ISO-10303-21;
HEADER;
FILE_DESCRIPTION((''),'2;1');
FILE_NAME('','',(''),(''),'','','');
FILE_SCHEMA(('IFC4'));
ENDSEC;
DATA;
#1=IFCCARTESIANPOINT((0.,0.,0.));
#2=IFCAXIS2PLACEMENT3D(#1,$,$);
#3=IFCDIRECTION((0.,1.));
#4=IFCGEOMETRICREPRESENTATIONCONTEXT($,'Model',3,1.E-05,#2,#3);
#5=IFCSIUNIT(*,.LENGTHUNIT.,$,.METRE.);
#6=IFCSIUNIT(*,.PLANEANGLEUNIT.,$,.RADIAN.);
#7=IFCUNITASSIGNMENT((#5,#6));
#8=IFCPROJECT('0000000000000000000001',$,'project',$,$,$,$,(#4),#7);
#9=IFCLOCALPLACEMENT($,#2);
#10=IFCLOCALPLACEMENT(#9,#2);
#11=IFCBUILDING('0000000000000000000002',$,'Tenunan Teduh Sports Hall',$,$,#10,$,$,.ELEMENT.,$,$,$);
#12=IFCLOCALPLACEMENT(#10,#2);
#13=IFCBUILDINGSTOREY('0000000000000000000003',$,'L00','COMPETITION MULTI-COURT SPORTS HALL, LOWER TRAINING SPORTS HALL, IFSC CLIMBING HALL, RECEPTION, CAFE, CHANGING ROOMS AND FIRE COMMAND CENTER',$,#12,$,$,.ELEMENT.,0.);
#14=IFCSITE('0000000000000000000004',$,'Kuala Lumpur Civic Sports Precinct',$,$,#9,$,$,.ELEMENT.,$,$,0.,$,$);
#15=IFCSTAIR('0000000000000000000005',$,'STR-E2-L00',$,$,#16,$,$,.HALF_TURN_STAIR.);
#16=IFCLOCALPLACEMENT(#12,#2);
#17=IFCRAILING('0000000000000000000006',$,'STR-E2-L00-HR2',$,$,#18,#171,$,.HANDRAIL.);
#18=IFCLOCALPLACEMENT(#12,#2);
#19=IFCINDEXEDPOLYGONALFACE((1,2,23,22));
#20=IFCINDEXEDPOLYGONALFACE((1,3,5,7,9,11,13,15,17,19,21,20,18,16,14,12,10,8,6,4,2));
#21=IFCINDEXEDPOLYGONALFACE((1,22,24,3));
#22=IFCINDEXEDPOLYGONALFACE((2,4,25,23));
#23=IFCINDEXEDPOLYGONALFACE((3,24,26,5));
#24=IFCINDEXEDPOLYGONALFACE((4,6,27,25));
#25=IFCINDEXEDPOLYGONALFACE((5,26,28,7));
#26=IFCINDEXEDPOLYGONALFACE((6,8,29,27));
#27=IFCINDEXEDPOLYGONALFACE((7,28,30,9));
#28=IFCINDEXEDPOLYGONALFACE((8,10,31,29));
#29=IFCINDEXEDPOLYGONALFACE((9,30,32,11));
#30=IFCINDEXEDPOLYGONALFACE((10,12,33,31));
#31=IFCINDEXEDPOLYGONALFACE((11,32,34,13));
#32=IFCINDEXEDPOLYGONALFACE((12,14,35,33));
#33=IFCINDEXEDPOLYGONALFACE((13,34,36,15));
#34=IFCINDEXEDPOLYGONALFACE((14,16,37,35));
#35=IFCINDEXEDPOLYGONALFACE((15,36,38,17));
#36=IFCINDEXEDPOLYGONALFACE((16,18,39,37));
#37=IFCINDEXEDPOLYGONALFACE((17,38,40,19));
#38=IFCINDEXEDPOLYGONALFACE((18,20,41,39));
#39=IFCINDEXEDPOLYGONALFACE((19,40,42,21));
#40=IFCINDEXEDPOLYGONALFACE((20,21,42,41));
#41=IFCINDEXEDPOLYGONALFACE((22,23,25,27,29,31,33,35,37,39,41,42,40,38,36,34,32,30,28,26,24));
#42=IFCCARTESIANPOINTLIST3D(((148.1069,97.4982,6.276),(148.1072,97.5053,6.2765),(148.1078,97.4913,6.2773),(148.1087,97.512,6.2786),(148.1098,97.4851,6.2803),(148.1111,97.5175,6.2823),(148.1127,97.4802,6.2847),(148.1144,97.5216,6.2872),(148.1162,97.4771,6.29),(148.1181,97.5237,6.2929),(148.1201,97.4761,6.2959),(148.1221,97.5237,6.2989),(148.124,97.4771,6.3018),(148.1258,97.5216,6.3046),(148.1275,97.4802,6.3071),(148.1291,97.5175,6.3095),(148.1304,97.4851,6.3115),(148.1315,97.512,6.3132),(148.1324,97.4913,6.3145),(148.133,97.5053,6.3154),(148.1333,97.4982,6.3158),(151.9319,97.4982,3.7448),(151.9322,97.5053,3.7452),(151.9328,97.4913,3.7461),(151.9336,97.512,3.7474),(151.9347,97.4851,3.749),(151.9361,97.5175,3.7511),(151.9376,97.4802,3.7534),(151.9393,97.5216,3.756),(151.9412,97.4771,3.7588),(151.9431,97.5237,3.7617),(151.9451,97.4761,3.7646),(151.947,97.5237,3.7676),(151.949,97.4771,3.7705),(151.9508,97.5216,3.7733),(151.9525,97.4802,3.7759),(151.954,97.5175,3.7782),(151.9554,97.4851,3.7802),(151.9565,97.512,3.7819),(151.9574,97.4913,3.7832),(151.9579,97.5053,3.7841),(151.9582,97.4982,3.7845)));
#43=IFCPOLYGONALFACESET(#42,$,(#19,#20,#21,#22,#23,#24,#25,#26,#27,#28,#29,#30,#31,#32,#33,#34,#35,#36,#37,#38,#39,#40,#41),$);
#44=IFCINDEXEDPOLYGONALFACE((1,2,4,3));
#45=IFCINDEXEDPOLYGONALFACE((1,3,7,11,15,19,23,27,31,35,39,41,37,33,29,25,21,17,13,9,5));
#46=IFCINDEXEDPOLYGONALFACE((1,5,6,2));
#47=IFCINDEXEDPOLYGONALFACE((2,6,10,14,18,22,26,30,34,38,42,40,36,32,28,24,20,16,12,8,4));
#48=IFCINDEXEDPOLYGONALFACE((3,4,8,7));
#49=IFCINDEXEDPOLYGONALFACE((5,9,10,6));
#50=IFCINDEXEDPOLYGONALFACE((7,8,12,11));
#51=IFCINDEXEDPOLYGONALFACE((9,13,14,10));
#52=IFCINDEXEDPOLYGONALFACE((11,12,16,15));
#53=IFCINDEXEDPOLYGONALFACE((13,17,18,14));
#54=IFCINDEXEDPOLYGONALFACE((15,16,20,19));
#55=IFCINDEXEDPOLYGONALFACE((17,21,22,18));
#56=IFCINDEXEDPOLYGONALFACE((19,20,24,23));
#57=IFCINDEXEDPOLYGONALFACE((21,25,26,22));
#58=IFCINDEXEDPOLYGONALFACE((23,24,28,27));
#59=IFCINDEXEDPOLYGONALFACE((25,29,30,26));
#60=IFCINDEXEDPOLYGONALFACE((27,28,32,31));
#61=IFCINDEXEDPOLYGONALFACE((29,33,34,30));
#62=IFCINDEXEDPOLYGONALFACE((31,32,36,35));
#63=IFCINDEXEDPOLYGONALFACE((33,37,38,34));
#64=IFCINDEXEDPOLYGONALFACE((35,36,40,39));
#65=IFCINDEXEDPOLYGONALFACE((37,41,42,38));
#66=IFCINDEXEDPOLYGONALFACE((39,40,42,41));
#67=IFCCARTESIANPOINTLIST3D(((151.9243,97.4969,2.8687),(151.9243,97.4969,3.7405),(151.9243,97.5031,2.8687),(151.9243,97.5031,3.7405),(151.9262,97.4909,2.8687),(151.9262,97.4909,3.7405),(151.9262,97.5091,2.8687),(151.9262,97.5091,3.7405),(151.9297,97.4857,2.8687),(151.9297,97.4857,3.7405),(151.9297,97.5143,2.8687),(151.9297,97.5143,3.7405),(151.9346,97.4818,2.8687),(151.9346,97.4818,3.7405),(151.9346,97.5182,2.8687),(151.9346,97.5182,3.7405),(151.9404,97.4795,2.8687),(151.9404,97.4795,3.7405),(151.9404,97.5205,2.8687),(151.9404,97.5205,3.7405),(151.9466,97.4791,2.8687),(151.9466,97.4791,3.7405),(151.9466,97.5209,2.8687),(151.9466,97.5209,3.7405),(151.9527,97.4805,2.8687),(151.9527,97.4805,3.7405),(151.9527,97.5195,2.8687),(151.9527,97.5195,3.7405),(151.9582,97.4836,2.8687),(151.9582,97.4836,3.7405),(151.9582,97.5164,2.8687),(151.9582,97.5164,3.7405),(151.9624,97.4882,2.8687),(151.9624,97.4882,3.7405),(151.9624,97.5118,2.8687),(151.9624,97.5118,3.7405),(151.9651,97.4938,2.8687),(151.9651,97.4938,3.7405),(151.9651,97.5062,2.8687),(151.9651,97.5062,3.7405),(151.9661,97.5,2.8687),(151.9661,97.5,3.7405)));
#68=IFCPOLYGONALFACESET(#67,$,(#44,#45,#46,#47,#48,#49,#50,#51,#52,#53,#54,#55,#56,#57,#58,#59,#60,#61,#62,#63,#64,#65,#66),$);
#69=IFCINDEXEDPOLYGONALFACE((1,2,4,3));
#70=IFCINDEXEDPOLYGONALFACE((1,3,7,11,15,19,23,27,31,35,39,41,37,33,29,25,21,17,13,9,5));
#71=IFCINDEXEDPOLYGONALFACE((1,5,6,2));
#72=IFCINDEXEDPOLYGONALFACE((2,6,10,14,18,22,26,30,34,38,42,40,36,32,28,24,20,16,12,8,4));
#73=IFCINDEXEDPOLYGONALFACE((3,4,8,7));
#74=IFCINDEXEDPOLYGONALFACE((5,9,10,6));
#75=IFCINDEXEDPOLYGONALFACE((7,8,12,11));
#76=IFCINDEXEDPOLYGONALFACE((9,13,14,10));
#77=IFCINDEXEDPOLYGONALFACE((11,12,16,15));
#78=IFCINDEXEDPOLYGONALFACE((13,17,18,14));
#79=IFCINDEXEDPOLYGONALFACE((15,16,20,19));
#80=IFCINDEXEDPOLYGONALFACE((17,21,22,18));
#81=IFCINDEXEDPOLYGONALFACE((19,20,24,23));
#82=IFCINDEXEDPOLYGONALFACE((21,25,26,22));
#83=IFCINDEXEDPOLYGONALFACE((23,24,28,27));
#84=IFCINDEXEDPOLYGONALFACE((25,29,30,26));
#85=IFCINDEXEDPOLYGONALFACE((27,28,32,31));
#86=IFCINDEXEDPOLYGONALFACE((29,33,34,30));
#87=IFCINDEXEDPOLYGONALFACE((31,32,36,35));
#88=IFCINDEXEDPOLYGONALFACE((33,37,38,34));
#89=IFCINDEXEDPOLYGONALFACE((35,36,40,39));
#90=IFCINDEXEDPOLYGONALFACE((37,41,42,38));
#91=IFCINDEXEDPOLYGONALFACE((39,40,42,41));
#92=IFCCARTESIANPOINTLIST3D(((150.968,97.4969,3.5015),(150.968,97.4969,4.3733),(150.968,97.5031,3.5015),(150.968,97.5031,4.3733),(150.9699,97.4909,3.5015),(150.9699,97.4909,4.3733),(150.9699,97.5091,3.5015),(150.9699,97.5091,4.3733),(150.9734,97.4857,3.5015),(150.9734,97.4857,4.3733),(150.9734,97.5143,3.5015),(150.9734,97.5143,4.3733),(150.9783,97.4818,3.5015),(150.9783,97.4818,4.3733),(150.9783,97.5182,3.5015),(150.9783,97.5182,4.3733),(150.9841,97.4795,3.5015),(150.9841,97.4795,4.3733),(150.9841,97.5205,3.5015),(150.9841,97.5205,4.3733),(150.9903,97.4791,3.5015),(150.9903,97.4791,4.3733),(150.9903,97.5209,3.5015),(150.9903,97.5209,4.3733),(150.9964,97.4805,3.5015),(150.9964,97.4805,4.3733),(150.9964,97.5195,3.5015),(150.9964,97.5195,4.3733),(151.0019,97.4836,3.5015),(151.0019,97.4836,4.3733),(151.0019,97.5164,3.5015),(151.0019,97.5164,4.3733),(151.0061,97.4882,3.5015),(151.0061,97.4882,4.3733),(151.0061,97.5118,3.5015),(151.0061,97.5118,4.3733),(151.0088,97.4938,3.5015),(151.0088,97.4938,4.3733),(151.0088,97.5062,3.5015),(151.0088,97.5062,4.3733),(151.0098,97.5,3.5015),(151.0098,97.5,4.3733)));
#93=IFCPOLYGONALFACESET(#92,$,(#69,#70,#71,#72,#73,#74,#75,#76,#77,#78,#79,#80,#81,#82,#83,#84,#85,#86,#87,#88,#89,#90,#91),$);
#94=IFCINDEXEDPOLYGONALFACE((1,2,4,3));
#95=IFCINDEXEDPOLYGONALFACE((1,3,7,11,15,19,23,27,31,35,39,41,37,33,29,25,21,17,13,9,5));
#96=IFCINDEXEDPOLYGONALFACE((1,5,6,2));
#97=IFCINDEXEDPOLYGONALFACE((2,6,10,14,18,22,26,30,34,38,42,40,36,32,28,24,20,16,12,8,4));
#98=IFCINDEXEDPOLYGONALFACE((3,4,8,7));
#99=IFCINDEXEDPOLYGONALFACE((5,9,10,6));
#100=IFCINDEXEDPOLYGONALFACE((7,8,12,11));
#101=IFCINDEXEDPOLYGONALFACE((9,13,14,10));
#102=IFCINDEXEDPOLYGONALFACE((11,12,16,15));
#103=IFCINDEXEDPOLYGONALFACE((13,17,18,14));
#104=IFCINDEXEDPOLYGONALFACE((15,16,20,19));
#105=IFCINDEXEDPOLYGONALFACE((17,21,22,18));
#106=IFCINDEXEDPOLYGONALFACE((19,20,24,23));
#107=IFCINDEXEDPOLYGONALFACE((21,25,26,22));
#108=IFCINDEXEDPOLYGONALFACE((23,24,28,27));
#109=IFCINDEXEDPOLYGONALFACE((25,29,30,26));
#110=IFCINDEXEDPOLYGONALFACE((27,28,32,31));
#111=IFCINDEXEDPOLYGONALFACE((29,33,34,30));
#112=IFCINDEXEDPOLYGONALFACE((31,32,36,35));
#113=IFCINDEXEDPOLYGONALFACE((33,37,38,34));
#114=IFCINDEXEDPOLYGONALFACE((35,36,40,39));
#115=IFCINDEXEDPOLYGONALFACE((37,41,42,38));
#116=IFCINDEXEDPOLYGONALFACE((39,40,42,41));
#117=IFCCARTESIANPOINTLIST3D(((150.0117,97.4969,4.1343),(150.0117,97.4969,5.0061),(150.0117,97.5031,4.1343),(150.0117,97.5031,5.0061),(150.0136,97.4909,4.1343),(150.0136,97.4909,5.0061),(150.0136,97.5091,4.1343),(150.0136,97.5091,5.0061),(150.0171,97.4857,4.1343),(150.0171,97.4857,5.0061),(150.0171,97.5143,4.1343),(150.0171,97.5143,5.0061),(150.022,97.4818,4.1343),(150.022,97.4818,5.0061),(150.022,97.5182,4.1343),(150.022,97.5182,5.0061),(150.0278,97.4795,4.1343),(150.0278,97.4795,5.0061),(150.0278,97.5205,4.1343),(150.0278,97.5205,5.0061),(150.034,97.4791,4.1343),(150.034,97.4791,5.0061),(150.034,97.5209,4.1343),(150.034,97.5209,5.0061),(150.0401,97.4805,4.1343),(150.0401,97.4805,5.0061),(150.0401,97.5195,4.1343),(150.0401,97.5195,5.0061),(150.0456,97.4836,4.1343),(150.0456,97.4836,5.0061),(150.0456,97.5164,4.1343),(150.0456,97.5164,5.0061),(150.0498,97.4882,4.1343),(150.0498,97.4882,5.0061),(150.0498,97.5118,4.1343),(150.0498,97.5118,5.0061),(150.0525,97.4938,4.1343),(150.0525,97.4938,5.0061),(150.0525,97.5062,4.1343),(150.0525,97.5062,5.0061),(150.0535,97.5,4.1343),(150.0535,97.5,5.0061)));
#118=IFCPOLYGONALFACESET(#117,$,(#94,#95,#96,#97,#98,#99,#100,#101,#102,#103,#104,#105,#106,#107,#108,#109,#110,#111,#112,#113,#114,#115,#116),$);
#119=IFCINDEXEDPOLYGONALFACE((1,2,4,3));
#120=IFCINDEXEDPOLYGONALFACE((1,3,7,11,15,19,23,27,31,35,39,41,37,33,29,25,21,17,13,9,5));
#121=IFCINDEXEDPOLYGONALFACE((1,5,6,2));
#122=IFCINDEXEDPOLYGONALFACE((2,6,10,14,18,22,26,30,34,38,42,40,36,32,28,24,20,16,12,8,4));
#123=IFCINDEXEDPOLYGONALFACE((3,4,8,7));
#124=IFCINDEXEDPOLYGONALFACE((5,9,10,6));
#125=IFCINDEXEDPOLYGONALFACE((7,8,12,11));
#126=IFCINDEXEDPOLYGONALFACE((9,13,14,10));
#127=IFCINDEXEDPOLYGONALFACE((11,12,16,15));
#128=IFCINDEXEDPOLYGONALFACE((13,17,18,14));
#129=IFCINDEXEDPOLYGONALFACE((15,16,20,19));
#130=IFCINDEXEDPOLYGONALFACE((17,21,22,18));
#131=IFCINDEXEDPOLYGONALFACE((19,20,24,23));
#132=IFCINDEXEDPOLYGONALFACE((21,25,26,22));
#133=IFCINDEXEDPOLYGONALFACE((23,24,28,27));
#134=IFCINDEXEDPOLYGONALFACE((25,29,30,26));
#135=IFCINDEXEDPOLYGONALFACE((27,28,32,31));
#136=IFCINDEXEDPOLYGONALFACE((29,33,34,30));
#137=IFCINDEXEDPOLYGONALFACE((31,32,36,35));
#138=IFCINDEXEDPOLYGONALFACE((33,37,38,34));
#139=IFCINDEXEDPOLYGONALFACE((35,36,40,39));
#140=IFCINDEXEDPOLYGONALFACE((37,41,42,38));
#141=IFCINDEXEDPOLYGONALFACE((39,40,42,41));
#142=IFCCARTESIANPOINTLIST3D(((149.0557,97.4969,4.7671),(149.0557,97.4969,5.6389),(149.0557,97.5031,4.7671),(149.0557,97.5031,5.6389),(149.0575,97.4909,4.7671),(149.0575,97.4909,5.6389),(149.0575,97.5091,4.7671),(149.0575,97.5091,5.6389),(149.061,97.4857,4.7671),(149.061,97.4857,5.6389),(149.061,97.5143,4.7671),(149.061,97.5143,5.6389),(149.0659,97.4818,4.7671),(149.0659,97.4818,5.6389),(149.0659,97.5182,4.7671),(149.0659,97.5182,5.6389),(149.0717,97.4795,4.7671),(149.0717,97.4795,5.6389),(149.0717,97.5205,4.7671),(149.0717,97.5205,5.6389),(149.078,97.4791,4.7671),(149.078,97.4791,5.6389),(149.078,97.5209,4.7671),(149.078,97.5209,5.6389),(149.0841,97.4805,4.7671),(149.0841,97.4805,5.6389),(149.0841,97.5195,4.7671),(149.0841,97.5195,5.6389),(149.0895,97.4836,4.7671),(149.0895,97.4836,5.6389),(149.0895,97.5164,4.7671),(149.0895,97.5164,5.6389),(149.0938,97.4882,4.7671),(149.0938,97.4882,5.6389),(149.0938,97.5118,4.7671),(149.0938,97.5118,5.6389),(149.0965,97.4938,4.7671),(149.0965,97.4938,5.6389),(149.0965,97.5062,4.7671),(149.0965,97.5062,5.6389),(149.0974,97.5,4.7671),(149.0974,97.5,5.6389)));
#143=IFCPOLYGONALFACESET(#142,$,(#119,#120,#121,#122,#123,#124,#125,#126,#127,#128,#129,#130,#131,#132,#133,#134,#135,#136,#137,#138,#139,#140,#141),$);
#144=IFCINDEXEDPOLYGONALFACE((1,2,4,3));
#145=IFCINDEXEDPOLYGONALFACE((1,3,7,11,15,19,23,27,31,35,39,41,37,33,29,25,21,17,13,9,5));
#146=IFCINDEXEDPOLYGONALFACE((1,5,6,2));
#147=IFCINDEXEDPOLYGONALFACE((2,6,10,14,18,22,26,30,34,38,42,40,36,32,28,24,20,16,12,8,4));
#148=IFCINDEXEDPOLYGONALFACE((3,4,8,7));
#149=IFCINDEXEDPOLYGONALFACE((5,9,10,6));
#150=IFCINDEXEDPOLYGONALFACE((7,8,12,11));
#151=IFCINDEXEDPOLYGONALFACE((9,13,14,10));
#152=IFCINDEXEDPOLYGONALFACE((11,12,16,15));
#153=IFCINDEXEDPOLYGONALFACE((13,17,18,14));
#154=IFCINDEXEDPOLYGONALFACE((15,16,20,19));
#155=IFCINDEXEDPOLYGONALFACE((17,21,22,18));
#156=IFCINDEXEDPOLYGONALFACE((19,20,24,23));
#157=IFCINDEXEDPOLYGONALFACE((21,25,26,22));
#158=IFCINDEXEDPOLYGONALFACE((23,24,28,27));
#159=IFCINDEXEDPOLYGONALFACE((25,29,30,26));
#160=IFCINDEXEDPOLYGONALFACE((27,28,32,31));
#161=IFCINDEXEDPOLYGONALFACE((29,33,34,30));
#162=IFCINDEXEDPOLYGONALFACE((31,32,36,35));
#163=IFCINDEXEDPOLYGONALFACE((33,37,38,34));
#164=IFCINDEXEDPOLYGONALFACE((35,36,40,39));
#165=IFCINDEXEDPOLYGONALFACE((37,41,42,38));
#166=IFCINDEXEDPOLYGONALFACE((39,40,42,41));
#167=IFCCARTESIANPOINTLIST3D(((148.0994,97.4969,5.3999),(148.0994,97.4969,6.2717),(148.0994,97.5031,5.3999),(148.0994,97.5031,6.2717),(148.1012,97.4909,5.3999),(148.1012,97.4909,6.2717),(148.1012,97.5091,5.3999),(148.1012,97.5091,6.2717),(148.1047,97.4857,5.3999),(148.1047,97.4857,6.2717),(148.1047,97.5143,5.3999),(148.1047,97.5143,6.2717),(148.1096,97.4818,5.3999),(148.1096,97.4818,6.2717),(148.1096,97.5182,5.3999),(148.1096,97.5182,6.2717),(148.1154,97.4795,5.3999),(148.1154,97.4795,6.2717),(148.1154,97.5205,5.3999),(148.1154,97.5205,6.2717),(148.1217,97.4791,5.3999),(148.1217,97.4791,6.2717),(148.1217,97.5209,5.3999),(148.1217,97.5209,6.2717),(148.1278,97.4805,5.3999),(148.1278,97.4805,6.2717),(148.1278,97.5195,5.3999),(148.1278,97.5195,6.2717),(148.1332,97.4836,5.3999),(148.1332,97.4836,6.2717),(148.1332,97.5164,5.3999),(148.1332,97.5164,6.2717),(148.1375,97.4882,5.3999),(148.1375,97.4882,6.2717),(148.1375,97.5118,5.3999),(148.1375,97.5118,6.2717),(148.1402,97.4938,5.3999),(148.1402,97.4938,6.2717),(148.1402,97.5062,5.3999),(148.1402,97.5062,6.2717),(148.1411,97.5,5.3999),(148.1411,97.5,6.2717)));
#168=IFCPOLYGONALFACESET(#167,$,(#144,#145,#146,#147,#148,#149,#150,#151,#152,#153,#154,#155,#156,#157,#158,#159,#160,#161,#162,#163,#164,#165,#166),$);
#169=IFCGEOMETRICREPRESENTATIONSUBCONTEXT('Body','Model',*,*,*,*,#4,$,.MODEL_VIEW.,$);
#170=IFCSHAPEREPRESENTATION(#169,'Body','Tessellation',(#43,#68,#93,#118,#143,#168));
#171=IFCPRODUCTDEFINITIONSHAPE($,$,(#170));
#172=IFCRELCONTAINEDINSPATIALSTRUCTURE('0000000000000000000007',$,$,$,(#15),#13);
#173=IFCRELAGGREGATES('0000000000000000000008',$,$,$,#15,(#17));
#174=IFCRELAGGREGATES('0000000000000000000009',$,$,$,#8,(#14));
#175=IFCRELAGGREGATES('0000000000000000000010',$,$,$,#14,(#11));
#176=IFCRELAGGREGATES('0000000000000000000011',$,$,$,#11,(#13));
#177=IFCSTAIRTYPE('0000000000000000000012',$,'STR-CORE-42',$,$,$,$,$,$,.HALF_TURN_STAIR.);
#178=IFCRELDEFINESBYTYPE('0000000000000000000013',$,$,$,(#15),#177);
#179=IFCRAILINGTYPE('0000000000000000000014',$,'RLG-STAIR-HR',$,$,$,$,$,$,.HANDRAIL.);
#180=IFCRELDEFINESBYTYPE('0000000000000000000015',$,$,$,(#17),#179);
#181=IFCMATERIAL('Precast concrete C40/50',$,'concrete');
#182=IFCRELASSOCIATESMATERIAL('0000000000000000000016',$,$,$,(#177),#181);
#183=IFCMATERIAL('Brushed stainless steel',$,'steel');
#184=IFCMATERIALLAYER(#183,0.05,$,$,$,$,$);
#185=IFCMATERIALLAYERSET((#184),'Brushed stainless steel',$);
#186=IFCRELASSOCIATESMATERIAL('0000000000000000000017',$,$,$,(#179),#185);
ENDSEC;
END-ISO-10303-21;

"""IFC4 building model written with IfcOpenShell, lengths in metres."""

from ifc_helpers import new_model, si_unit, direction, frame, origin, origin_2d, place, context, subcontext, project, spatial, circle, extrude, material, layer, layer_set, type_object, element, aggregate, save


model = new_model("IFC4")

# Units and contexts
model_context = context("Model", 3, precision=1e-05, world=origin(), true_north=direction((0.0, 1.0)))
body_context = subcontext(model_context, "Body", "Model", "MODEL_VIEW")
ifc_project = project(units=[si_unit("LENGTHUNIT", "METRE"), si_unit("PLANEANGLEUNIT", "RADIAN")], contexts=[model_context])

# Site, building, storey
site_placement = place(None, origin())
site = spatial("IfcSite", under=ifc_project, at=site_placement, Name="Kuala Lumpur Civic Sports Precinct", CompositionType="ELEMENT", RefElevation=0.0)
building_placement = place(site_placement, origin())
building = spatial("IfcBuilding", under=site, at=building_placement, Name="Tenunan Teduh Sports Hall", CompositionType="ELEMENT")
storey_placement = place(building_placement, origin())
storey = spatial("IfcBuildingStorey", under=building, at=storey_placement, Name="L00", Description="COMPETITION MULTI-COURT SPORTS HALL, LOWER TRAINING SPORTS HALL, IFSC CLIMBING HALL, RECEPTION, CAFE, CHANGING ROOMS AND FIRE COMMAND CENTER", CompositionType="ELEMENT", Elevation=0.0)

# Stair
ifc_material_1 = material(Name="Precast concrete C40/50", Category="concrete")
stair_type = type_object("IfcStairType", Name="STR-CORE-42", PredefinedType="HALF_TURN_STAIR", material=ifc_material_1)
stair_placement = place(storey_placement, origin())
stair = element("IfcStair", 1, at=stair_placement, inside=storey, type_object=stair_type, Name="STR-E2-L00", PredefinedType="HALF_TURN_STAIR")

# Railing
ifc_material_2 = material(Name="Brushed stainless steel", Category="steel")
ifc_layer_1 = layer(ifc_material_2, 0.05)
ifc_layer_set_1 = layer_set([ifc_layer_1], Name="Brushed stainless steel")
railing_type_1 = type_object("IfcRailingType", Name="RLG-STAIR-HR", PredefinedType="HANDRAIL", material=ifc_layer_set_1)
railing_1_placement = place(storey_placement, frame((151.9451, 97.5, 2.8687)))
railing_1 = element("IfcRailing", 2, at=railing_1_placement, type_object=railing_type_1, Name="STR-E2-L00-HR2", PredefinedType="HANDRAIL", context=body_context, shape_type="SweptSolid", body=[
    extrude(circle(Radius=0.0239, at=origin_2d()), frame((0.0, 0.0, 0.896), z_axis=(-0.833929, 0.0, 0.551872), x_axis=(0.0, -1.0, 0.0)), (0.0, 0.0, 1.0), 4.5867),
    extrude(circle(Radius=0.021, at=origin_2d()), origin(), (0.0, 0.0, 1.0), 0.8718),
    extrude(circle(Radius=0.021, at=origin_2d()), frame((-0.9563, 0.0, 0.6328)), (0.0, 0.0, 1.0), 0.8718),
    extrude(circle(Radius=0.021, at=origin_2d()), frame((-1.9126, 0.0, 1.2656)), (0.0, 0.0, 1.0), 0.8718),
    extrude(circle(Radius=0.021, at=origin_2d()), frame((-2.8687, 0.0, 1.8984)), (0.0, 0.0, 1.0), 0.8718),
    extrude(circle(Radius=0.021, at=origin_2d()), frame((-3.825, 0.0, 2.5312)), (0.0, 0.0, 1.0), 0.8718),
])
aggregate(stair, [railing_1])

save(model, "model.ifc")
